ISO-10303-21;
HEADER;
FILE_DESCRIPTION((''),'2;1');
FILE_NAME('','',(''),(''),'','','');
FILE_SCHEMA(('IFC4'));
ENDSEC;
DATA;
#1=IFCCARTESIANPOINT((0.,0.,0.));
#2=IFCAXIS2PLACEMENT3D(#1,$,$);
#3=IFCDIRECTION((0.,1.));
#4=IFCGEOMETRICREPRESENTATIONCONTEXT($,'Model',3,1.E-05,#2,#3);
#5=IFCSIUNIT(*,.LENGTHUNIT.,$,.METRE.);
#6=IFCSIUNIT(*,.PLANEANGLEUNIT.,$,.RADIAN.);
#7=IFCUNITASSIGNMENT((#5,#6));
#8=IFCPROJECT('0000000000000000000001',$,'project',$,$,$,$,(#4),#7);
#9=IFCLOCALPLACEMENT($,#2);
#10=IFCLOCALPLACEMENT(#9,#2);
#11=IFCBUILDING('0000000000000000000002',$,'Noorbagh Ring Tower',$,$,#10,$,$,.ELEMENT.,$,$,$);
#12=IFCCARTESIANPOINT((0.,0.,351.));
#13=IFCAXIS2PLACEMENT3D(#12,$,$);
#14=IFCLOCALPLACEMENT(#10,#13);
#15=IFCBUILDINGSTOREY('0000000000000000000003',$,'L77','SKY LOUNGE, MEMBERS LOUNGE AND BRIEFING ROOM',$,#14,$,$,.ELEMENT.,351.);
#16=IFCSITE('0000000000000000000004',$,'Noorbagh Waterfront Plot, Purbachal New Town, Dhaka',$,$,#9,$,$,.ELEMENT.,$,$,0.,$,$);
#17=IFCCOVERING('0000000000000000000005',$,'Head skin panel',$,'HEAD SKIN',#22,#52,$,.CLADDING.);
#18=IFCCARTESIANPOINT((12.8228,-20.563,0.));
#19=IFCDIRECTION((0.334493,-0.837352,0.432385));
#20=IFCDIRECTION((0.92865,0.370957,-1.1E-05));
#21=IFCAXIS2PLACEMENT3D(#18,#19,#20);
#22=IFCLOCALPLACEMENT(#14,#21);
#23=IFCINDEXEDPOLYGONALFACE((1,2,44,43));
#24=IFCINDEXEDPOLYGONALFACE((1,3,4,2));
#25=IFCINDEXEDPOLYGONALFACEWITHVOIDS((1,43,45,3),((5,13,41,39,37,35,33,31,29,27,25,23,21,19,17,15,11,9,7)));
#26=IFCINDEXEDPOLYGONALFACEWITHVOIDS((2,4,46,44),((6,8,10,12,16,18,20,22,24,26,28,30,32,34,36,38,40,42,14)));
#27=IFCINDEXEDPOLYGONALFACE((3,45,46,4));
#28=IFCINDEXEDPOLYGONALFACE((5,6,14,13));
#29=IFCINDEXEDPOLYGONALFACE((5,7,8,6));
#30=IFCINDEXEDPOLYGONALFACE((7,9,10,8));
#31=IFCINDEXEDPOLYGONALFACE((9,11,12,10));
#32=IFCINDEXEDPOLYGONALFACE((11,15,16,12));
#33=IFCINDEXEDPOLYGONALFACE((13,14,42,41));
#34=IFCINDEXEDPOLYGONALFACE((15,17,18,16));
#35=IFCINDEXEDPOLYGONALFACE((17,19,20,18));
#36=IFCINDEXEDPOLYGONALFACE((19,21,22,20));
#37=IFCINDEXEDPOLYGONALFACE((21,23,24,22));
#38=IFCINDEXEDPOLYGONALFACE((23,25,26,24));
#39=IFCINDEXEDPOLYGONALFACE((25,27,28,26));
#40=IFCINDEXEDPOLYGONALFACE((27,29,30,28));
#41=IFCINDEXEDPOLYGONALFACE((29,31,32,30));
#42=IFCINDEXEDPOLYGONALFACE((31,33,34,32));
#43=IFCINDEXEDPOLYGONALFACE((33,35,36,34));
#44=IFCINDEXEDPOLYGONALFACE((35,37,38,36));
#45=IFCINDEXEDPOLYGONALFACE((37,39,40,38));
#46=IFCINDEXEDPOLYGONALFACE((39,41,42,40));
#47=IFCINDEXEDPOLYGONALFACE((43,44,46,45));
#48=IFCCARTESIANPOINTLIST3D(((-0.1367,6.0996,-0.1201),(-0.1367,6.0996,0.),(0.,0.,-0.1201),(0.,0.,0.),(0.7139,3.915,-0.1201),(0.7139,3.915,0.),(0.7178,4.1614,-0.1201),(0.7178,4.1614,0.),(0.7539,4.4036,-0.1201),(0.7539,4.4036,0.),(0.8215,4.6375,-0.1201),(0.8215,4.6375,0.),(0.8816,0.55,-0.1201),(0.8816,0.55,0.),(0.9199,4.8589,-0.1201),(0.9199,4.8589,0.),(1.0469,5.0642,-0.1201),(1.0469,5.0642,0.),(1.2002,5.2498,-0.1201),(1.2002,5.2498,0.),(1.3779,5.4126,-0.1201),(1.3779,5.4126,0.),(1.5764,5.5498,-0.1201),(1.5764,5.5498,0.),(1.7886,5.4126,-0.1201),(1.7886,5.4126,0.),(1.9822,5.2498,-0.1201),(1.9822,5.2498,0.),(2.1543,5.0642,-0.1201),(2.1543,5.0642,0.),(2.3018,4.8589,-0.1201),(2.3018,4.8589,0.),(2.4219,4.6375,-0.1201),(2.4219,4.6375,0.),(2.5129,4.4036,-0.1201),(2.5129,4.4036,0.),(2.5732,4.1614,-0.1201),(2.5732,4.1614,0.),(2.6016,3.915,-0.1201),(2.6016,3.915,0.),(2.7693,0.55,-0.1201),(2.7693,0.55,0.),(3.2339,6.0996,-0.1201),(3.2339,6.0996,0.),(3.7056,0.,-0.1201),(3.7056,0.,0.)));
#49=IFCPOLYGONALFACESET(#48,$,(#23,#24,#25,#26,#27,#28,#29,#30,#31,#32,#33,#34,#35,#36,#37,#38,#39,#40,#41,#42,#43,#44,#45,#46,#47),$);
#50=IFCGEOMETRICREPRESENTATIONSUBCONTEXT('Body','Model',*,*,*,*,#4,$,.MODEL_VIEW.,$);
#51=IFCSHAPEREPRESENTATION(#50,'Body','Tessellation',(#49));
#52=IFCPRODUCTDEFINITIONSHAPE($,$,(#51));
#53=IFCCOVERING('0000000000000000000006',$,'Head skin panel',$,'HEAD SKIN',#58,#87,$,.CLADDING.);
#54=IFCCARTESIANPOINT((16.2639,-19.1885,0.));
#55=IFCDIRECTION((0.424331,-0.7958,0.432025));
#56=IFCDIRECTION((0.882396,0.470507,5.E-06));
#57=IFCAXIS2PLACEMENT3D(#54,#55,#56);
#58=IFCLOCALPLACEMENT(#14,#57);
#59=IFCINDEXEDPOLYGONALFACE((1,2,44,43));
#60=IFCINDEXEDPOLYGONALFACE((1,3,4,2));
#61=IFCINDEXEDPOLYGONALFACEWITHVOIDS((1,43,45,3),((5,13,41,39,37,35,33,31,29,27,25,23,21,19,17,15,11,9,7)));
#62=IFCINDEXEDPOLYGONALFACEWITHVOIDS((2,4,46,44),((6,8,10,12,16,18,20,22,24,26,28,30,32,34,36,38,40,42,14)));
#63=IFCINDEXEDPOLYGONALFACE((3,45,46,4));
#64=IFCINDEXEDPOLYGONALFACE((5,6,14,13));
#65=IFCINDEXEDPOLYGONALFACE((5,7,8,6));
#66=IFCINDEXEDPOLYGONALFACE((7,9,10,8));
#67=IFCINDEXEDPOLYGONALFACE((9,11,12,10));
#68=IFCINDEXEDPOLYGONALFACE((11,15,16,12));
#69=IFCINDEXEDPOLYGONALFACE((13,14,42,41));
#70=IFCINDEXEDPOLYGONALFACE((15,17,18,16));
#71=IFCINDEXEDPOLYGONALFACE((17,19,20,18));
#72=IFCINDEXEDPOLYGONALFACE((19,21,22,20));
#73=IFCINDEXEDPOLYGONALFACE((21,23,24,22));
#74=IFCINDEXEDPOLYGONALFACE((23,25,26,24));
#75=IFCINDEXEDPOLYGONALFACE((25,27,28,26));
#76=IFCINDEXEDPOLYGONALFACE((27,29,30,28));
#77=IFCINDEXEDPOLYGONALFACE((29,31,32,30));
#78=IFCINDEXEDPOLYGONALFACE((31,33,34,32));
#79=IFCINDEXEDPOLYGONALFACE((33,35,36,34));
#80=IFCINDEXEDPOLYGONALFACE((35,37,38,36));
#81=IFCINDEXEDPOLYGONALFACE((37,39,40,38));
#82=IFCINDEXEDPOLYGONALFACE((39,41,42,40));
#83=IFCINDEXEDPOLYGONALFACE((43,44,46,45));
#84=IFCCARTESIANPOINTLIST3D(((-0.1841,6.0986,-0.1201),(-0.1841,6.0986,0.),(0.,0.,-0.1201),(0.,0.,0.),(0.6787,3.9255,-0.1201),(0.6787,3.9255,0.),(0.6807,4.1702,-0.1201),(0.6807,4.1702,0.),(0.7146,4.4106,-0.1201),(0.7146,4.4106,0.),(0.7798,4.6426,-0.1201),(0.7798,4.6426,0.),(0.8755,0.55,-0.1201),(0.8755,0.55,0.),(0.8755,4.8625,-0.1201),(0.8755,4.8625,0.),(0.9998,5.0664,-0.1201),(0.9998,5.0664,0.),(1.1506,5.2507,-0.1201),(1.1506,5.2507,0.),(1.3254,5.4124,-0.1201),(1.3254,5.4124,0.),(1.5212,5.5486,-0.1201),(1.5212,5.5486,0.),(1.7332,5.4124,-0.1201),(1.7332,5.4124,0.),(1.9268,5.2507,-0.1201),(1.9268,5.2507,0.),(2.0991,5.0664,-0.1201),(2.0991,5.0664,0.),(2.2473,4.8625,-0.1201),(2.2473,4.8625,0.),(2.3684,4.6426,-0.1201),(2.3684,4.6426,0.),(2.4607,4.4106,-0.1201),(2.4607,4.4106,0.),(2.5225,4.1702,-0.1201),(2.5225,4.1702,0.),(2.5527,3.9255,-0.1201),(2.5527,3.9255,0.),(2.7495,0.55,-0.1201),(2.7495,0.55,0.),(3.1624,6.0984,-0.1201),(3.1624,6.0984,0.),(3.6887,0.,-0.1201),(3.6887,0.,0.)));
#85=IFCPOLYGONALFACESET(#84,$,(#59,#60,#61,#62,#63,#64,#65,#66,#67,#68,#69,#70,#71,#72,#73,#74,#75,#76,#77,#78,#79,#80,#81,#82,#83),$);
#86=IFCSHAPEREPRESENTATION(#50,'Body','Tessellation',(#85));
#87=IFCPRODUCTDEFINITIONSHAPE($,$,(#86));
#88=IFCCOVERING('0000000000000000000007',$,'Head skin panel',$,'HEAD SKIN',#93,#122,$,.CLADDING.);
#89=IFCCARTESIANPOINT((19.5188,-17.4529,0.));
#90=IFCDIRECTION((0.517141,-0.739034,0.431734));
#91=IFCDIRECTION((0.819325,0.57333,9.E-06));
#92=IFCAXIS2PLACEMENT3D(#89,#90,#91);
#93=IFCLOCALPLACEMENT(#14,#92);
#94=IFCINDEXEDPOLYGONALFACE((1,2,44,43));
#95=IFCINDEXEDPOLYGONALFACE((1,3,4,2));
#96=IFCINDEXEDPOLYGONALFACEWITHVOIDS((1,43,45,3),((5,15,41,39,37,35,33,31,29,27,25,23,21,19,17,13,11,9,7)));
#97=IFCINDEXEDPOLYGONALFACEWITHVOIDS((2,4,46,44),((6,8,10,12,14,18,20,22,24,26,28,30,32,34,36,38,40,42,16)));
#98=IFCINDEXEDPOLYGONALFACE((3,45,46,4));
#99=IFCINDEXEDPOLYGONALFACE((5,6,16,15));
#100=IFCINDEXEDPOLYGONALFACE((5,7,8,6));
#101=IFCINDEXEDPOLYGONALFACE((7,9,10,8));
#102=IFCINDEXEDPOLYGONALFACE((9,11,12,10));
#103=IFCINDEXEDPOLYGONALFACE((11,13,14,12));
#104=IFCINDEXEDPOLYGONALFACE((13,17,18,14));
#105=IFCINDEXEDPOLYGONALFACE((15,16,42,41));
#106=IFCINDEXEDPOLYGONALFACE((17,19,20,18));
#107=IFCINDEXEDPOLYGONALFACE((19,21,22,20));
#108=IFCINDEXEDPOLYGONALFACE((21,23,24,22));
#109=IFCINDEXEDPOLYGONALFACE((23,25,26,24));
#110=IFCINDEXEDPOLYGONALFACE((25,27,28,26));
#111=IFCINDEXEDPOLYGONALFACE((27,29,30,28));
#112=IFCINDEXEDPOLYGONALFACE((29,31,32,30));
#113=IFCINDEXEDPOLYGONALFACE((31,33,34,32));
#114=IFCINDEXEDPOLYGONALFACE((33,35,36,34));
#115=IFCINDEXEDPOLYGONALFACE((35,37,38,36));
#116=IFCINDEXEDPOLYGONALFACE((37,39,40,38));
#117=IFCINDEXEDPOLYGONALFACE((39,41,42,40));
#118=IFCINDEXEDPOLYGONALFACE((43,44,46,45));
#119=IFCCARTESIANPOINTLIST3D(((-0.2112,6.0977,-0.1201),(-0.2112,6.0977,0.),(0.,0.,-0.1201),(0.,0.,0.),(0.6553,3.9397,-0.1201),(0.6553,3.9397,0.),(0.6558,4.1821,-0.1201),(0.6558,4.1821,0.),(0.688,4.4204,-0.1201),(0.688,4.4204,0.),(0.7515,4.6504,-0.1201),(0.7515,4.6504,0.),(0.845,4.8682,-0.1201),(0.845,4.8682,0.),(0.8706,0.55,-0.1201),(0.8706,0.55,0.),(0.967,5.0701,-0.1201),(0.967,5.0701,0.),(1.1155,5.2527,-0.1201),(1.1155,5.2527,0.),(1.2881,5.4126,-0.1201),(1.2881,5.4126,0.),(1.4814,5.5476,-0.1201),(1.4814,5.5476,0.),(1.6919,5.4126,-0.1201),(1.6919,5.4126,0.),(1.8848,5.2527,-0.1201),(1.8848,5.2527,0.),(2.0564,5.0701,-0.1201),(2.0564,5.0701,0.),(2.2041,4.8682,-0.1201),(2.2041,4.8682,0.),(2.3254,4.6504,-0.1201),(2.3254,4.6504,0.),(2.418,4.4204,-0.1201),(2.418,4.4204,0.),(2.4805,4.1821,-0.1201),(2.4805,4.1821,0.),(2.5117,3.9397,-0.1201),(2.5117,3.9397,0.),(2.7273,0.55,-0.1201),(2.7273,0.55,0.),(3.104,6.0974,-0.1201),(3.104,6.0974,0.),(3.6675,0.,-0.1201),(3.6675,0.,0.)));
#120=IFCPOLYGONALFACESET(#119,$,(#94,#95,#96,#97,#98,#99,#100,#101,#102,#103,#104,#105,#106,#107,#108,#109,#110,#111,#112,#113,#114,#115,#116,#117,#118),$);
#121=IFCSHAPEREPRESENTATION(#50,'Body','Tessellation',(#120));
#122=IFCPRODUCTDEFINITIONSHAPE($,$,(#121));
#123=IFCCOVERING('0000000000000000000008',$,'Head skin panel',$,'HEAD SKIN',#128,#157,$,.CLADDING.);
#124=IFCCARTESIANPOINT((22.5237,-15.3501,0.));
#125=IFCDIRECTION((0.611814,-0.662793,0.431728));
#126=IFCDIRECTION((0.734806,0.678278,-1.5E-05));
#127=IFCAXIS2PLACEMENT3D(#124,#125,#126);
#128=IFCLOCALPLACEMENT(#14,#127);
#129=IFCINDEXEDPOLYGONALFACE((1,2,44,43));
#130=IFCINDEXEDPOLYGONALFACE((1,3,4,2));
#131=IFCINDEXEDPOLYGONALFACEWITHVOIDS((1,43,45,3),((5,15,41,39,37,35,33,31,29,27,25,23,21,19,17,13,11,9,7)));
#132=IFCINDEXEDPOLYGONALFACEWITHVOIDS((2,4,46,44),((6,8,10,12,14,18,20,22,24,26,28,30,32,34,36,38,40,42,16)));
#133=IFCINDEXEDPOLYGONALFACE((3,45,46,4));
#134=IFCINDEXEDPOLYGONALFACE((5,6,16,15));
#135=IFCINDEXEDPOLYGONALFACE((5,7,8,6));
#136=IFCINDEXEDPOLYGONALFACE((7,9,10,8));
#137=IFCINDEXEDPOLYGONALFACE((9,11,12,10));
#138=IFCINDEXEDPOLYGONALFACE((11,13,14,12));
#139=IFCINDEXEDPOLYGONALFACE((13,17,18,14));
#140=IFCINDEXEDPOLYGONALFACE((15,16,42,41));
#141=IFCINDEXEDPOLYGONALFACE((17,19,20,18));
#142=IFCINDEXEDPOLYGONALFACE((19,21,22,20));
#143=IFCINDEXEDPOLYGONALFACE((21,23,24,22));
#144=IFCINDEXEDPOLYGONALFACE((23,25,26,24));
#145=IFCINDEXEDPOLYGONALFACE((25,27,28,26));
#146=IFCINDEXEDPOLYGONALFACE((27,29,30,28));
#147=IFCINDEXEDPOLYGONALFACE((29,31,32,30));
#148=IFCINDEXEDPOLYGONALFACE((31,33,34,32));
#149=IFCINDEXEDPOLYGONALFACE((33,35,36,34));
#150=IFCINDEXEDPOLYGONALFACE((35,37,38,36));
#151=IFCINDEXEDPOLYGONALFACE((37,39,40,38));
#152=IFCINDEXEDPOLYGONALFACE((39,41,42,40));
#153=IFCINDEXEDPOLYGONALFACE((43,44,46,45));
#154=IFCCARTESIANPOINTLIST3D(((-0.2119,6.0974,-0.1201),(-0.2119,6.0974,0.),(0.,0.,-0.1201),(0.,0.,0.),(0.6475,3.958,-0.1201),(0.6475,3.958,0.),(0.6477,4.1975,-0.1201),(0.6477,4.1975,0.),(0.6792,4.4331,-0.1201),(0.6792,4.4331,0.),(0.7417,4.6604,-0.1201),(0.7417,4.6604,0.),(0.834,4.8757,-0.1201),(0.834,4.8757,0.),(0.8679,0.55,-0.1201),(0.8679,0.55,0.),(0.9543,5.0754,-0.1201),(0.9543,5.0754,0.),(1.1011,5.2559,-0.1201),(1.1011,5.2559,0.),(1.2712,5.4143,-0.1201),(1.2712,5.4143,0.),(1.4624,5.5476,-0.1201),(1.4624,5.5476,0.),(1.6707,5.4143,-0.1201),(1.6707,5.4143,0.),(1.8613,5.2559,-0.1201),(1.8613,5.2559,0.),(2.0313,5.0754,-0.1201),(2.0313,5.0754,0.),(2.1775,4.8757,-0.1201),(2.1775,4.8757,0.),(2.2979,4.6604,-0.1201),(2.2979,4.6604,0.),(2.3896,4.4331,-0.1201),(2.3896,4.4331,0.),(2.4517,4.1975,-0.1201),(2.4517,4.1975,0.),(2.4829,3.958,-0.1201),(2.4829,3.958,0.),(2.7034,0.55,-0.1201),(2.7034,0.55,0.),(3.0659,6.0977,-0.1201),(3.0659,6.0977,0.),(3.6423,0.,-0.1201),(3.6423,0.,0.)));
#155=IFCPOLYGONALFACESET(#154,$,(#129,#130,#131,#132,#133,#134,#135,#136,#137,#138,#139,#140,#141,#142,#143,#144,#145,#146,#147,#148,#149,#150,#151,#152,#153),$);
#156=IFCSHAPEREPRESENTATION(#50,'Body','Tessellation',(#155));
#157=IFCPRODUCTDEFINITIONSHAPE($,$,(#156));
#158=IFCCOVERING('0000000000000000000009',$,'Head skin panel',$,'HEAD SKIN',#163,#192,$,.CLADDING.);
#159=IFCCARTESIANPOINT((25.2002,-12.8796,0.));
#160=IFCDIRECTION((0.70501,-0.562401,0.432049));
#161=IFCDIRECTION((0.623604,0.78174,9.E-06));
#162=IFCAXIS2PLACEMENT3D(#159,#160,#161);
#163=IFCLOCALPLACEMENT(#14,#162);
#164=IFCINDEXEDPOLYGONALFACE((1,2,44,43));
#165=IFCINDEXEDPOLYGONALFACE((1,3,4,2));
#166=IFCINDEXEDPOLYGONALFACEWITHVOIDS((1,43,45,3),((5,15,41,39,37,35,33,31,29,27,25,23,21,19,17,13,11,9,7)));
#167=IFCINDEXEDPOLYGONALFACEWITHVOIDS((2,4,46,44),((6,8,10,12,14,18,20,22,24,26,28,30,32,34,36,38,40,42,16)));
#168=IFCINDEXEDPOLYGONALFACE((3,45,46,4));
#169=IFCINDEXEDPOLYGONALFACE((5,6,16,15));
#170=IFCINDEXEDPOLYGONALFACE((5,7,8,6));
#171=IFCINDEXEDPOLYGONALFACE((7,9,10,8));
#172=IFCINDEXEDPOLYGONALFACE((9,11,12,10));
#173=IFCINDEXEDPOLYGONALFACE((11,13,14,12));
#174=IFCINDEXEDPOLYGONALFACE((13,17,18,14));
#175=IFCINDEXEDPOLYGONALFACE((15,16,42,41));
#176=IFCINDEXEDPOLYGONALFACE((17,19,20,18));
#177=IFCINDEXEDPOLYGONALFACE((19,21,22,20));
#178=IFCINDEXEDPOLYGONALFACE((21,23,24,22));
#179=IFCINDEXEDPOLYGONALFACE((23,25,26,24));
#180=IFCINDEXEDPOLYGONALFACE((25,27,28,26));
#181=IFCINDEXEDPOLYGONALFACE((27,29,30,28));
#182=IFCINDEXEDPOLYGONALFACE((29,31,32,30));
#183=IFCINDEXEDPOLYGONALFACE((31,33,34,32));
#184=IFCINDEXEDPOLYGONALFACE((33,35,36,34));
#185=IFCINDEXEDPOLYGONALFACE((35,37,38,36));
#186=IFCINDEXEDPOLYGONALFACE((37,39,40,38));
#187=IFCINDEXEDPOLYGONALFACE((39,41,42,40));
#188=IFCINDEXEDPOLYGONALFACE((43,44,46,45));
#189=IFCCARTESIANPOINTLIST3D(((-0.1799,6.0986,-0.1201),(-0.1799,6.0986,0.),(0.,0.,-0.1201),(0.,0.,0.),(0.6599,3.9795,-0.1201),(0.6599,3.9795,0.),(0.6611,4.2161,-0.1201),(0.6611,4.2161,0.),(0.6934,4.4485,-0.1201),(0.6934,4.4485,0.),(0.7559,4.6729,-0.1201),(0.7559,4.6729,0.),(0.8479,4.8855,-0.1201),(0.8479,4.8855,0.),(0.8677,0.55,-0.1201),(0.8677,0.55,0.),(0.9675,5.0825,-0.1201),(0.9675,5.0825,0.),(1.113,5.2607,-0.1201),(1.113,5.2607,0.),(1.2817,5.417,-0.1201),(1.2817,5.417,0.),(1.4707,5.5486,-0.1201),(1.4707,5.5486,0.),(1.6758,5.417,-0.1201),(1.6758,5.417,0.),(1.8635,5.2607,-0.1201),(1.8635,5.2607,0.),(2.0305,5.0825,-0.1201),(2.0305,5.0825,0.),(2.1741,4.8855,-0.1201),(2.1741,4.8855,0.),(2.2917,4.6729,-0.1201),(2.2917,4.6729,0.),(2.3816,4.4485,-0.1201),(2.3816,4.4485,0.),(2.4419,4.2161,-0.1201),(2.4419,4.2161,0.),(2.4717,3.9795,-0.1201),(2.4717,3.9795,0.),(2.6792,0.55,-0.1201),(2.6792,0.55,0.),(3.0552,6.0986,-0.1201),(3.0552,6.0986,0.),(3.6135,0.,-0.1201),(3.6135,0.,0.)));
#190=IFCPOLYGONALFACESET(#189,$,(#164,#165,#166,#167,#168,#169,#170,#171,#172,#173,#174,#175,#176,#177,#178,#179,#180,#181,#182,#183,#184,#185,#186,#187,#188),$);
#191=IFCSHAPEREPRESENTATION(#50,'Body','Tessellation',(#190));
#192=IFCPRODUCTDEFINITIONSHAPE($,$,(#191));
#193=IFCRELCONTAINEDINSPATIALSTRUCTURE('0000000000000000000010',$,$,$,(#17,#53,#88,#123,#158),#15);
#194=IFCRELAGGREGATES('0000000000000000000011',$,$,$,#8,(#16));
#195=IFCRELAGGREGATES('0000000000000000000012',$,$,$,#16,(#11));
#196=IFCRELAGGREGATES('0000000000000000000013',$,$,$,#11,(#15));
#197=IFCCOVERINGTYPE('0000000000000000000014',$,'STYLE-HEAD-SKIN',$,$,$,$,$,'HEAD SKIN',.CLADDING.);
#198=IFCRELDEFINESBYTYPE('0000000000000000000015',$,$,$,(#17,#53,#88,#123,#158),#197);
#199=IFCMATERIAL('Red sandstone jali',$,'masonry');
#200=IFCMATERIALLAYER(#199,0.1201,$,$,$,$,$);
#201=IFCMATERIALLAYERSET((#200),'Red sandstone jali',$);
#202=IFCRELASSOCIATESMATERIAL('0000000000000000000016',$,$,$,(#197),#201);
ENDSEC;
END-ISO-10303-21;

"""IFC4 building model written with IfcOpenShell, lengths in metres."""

from ifc_helpers import new_model, si_unit, direction, frame, origin, place, context, subcontext, project, spatial, polyline, outline, extrude, material, layer, layer_set, type_object, element, save


model = new_model("IFC4")

# Units and contexts
model_context = context("Model", 3, precision=1e-05, world=origin(), true_north=direction((0.0, 1.0)))
body_context = subcontext(model_context, "Body", "Model", "MODEL_VIEW")
ifc_project = project(units=[si_unit("LENGTHUNIT", "METRE"), si_unit("PLANEANGLEUNIT", "RADIAN")], contexts=[model_context])

# Site, building, storey
site_placement = place(None, origin())
site = spatial("IfcSite", under=ifc_project, at=site_placement, Name="Noorbagh Waterfront Plot, Purbachal New Town, Dhaka", CompositionType="ELEMENT", RefElevation=0.0)
building_placement = place(site_placement, origin())
building = spatial("IfcBuilding", under=site, at=building_placement, Name="Noorbagh Ring Tower", CompositionType="ELEMENT")
storey_placement = place(building_placement, frame((0.0, 0.0, 351.0)))
storey = spatial("IfcBuildingStorey", under=building, at=storey_placement, Name="L77", Description="SKY LOUNGE, MEMBERS LOUNGE AND BRIEFING ROOM", CompositionType="ELEMENT", Elevation=351.0)

# Coverings
ifc_material_1 = material(Name="Red sandstone jali", Category="masonry")
ifc_layer_1 = layer(ifc_material_1, 0.1201)
ifc_layer_set_1 = layer_set([ifc_layer_1], Name="Red sandstone jali")
covering_type_1 = type_object("IfcCoveringType", Name="STYLE-HEAD-SKIN", ElementType="HEAD SKIN", PredefinedType="CLADDING", material=ifc_layer_set_1)
covering_1_placement = place(storey_placement, frame((12.8228, -20.563, 0.0), z_axis=(0.334493, -0.837352, 0.432385), x_axis=(0.92865, 0.370957, -0.000011)))
element("IfcCovering", 1, at=covering_1_placement, inside=storey, type_object=covering_type_1, Name="Head skin panel", ObjectType="HEAD SKIN", PredefinedType="CLADDING", context=body_context, shape_type="SweptSolid", body=[
    extrude(outline(polyline([(0.0, 0.0), (3.7056, 0.0), (3.2339, 6.0996), (-0.1367, 6.0996), (0.0, 0.0)]), holes=[polyline([(0.8816, 0.55), (0.7139, 3.915), (0.7178, 4.1614), (0.7539, 4.4036), (0.8215, 4.6375), (0.9199, 4.8589), (1.0469, 5.0642), (1.2002, 5.2498), (1.3779, 5.4126), (1.5764, 5.5498), (1.7886, 5.4126), (1.9822, 5.2498), (2.1543, 5.0642), (2.3018, 4.8589), (2.4219, 4.6375), (2.5129, 4.4036), (2.5732, 4.1614), (2.6016, 3.915), (2.7693, 0.55), (0.8816, 0.55)])]), origin(), (0.0, 0.0, -1.0), 0.1201),
])
covering_2_placement = place(storey_placement, frame((16.2639, -19.1885, 0.0), z_axis=(0.424331, -0.7958, 0.432025), x_axis=(0.882396, 0.470507, 0.000005)))
element("IfcCovering", 2, at=covering_2_placement, inside=storey, type_object=covering_type_1, Name="Head skin panel", ObjectType="HEAD SKIN", PredefinedType="CLADDING", context=body_context, shape_type="SweptSolid", body=[
    extrude(outline(polyline([(0.0, 0.0), (3.6887, 0.0), (3.1624, 6.0984), (-0.1841, 6.0986), (0.0, 0.0)]), holes=[polyline([(0.8755, 0.55), (0.6787, 3.9255), (0.6807, 4.1702), (0.7146, 4.4106), (0.7798, 4.6426), (0.8755, 4.8625), (0.9998, 5.0664), (1.1506, 5.2507), (1.3254, 5.4124), (1.5212, 5.5486), (1.7332, 5.4124), (1.9268, 5.2507), (2.0991, 5.0664), (2.2473, 4.8625), (2.3684, 4.6426), (2.4607, 4.4106), (2.5225, 4.1702), (2.5527, 3.9255), (2.7495, 0.55), (0.8755, 0.55)])]), origin(), (0.0, 0.0, -1.0), 0.1201),
])
covering_3_placement = place(storey_placement, frame((19.5188, -17.4529, 0.0), z_axis=(0.517141, -0.739034, 0.431734), x_axis=(0.819325, 0.57333, 0.000009)))
element("IfcCovering", 3, at=covering_3_placement, inside=storey, type_object=covering_type_1, Name="Head skin panel", ObjectType="HEAD SKIN", PredefinedType="CLADDING", context=body_context, shape_type="SweptSolid", body=[
    extrude(outline(polyline([(0.0, 0.0), (3.6675, 0.0), (3.104, 6.0974), (-0.2112, 6.0977), (0.0, 0.0)]), holes=[polyline([(0.8706, 0.55), (0.6553, 3.9397), (0.6558, 4.1821), (0.688, 4.4204), (0.7515, 4.6504), (0.845, 4.8682), (0.967, 5.0701), (1.1155, 5.2527), (1.2881, 5.4126), (1.4814, 5.5476), (1.6919, 5.4126), (1.8848, 5.2527), (2.0564, 5.0701), (2.2041, 4.8682), (2.3254, 4.6504), (2.418, 4.4204), (2.4805, 4.1821), (2.5117, 3.9397), (2.7273, 0.55), (0.8706, 0.55)])]), origin(), (0.0, 0.0, -1.0), 0.1201),
])
covering_4_placement = place(storey_placement, frame((22.5237, -15.3501, 0.0), z_axis=(0.611814, -0.662793, 0.431728), x_axis=(0.734806, 0.678278, -0.000015)))
element("IfcCovering", 4, at=covering_4_placement, inside=storey, type_object=covering_type_1, Name="Head skin panel", ObjectType="HEAD SKIN", PredefinedType="CLADDING", context=body_context, shape_type="SweptSolid", body=[
    extrude(outline(polyline([(0.0, 0.0), (3.6423, 0.0), (3.0659, 6.0977), (-0.2119, 6.0974), (0.0, 0.0)]), holes=[polyline([(0.8679, 0.55), (0.6475, 3.958), (0.6477, 4.1975), (0.6792, 4.4331), (0.7417, 4.6604), (0.834, 4.8757), (0.9543, 5.0754), (1.1011, 5.2559), (1.2712, 5.4143), (1.4624, 5.5476), (1.6707, 5.4143), (1.8613, 5.2559), (2.0312, 5.0754), (2.1775, 4.8757), (2.2979, 4.6604), (2.3896, 4.4331), (2.4517, 4.1975), (2.4829, 3.958), (2.7034, 0.55), (0.8679, 0.55)])]), origin(), (0.0, 0.0, -1.0), 0.1201),
])
covering_5_placement = place(storey_placement, frame((25.2002, -12.8796, 0.0), z_axis=(0.70501, -0.562401, 0.432049), x_axis=(0.623604, 0.78174, 0.000009)))
element("IfcCovering", 5, at=covering_5_placement, inside=storey, type_object=covering_type_1, Name="Head skin panel", ObjectType="HEAD SKIN", PredefinedType="CLADDING", context=body_context, shape_type="SweptSolid", body=[
    extrude(outline(polyline([(0.0, 0.0), (3.6135, 0.0), (3.0552, 6.0986), (-0.1799, 6.0986), (0.0, 0.0)]), holes=[polyline([(0.8677, 0.55), (0.6599, 3.9795), (0.6611, 4.2161), (0.6934, 4.4485), (0.7559, 4.6729), (0.8479, 4.8855), (0.9675, 5.0825), (1.113, 5.2607), (1.2817, 5.417), (1.4707, 5.5486), (1.6758, 5.417), (1.8635, 5.2607), (2.0305, 5.0825), (2.1741, 4.8855), (2.2917, 4.6729), (2.3816, 4.4485), (2.4419, 4.2161), (2.4717, 3.9795), (2.6792, 0.55), (0.8677, 0.55)])]), origin(), (0.0, 0.0, -1.0), 0.1201),
])

save(model, "model.ifc")
